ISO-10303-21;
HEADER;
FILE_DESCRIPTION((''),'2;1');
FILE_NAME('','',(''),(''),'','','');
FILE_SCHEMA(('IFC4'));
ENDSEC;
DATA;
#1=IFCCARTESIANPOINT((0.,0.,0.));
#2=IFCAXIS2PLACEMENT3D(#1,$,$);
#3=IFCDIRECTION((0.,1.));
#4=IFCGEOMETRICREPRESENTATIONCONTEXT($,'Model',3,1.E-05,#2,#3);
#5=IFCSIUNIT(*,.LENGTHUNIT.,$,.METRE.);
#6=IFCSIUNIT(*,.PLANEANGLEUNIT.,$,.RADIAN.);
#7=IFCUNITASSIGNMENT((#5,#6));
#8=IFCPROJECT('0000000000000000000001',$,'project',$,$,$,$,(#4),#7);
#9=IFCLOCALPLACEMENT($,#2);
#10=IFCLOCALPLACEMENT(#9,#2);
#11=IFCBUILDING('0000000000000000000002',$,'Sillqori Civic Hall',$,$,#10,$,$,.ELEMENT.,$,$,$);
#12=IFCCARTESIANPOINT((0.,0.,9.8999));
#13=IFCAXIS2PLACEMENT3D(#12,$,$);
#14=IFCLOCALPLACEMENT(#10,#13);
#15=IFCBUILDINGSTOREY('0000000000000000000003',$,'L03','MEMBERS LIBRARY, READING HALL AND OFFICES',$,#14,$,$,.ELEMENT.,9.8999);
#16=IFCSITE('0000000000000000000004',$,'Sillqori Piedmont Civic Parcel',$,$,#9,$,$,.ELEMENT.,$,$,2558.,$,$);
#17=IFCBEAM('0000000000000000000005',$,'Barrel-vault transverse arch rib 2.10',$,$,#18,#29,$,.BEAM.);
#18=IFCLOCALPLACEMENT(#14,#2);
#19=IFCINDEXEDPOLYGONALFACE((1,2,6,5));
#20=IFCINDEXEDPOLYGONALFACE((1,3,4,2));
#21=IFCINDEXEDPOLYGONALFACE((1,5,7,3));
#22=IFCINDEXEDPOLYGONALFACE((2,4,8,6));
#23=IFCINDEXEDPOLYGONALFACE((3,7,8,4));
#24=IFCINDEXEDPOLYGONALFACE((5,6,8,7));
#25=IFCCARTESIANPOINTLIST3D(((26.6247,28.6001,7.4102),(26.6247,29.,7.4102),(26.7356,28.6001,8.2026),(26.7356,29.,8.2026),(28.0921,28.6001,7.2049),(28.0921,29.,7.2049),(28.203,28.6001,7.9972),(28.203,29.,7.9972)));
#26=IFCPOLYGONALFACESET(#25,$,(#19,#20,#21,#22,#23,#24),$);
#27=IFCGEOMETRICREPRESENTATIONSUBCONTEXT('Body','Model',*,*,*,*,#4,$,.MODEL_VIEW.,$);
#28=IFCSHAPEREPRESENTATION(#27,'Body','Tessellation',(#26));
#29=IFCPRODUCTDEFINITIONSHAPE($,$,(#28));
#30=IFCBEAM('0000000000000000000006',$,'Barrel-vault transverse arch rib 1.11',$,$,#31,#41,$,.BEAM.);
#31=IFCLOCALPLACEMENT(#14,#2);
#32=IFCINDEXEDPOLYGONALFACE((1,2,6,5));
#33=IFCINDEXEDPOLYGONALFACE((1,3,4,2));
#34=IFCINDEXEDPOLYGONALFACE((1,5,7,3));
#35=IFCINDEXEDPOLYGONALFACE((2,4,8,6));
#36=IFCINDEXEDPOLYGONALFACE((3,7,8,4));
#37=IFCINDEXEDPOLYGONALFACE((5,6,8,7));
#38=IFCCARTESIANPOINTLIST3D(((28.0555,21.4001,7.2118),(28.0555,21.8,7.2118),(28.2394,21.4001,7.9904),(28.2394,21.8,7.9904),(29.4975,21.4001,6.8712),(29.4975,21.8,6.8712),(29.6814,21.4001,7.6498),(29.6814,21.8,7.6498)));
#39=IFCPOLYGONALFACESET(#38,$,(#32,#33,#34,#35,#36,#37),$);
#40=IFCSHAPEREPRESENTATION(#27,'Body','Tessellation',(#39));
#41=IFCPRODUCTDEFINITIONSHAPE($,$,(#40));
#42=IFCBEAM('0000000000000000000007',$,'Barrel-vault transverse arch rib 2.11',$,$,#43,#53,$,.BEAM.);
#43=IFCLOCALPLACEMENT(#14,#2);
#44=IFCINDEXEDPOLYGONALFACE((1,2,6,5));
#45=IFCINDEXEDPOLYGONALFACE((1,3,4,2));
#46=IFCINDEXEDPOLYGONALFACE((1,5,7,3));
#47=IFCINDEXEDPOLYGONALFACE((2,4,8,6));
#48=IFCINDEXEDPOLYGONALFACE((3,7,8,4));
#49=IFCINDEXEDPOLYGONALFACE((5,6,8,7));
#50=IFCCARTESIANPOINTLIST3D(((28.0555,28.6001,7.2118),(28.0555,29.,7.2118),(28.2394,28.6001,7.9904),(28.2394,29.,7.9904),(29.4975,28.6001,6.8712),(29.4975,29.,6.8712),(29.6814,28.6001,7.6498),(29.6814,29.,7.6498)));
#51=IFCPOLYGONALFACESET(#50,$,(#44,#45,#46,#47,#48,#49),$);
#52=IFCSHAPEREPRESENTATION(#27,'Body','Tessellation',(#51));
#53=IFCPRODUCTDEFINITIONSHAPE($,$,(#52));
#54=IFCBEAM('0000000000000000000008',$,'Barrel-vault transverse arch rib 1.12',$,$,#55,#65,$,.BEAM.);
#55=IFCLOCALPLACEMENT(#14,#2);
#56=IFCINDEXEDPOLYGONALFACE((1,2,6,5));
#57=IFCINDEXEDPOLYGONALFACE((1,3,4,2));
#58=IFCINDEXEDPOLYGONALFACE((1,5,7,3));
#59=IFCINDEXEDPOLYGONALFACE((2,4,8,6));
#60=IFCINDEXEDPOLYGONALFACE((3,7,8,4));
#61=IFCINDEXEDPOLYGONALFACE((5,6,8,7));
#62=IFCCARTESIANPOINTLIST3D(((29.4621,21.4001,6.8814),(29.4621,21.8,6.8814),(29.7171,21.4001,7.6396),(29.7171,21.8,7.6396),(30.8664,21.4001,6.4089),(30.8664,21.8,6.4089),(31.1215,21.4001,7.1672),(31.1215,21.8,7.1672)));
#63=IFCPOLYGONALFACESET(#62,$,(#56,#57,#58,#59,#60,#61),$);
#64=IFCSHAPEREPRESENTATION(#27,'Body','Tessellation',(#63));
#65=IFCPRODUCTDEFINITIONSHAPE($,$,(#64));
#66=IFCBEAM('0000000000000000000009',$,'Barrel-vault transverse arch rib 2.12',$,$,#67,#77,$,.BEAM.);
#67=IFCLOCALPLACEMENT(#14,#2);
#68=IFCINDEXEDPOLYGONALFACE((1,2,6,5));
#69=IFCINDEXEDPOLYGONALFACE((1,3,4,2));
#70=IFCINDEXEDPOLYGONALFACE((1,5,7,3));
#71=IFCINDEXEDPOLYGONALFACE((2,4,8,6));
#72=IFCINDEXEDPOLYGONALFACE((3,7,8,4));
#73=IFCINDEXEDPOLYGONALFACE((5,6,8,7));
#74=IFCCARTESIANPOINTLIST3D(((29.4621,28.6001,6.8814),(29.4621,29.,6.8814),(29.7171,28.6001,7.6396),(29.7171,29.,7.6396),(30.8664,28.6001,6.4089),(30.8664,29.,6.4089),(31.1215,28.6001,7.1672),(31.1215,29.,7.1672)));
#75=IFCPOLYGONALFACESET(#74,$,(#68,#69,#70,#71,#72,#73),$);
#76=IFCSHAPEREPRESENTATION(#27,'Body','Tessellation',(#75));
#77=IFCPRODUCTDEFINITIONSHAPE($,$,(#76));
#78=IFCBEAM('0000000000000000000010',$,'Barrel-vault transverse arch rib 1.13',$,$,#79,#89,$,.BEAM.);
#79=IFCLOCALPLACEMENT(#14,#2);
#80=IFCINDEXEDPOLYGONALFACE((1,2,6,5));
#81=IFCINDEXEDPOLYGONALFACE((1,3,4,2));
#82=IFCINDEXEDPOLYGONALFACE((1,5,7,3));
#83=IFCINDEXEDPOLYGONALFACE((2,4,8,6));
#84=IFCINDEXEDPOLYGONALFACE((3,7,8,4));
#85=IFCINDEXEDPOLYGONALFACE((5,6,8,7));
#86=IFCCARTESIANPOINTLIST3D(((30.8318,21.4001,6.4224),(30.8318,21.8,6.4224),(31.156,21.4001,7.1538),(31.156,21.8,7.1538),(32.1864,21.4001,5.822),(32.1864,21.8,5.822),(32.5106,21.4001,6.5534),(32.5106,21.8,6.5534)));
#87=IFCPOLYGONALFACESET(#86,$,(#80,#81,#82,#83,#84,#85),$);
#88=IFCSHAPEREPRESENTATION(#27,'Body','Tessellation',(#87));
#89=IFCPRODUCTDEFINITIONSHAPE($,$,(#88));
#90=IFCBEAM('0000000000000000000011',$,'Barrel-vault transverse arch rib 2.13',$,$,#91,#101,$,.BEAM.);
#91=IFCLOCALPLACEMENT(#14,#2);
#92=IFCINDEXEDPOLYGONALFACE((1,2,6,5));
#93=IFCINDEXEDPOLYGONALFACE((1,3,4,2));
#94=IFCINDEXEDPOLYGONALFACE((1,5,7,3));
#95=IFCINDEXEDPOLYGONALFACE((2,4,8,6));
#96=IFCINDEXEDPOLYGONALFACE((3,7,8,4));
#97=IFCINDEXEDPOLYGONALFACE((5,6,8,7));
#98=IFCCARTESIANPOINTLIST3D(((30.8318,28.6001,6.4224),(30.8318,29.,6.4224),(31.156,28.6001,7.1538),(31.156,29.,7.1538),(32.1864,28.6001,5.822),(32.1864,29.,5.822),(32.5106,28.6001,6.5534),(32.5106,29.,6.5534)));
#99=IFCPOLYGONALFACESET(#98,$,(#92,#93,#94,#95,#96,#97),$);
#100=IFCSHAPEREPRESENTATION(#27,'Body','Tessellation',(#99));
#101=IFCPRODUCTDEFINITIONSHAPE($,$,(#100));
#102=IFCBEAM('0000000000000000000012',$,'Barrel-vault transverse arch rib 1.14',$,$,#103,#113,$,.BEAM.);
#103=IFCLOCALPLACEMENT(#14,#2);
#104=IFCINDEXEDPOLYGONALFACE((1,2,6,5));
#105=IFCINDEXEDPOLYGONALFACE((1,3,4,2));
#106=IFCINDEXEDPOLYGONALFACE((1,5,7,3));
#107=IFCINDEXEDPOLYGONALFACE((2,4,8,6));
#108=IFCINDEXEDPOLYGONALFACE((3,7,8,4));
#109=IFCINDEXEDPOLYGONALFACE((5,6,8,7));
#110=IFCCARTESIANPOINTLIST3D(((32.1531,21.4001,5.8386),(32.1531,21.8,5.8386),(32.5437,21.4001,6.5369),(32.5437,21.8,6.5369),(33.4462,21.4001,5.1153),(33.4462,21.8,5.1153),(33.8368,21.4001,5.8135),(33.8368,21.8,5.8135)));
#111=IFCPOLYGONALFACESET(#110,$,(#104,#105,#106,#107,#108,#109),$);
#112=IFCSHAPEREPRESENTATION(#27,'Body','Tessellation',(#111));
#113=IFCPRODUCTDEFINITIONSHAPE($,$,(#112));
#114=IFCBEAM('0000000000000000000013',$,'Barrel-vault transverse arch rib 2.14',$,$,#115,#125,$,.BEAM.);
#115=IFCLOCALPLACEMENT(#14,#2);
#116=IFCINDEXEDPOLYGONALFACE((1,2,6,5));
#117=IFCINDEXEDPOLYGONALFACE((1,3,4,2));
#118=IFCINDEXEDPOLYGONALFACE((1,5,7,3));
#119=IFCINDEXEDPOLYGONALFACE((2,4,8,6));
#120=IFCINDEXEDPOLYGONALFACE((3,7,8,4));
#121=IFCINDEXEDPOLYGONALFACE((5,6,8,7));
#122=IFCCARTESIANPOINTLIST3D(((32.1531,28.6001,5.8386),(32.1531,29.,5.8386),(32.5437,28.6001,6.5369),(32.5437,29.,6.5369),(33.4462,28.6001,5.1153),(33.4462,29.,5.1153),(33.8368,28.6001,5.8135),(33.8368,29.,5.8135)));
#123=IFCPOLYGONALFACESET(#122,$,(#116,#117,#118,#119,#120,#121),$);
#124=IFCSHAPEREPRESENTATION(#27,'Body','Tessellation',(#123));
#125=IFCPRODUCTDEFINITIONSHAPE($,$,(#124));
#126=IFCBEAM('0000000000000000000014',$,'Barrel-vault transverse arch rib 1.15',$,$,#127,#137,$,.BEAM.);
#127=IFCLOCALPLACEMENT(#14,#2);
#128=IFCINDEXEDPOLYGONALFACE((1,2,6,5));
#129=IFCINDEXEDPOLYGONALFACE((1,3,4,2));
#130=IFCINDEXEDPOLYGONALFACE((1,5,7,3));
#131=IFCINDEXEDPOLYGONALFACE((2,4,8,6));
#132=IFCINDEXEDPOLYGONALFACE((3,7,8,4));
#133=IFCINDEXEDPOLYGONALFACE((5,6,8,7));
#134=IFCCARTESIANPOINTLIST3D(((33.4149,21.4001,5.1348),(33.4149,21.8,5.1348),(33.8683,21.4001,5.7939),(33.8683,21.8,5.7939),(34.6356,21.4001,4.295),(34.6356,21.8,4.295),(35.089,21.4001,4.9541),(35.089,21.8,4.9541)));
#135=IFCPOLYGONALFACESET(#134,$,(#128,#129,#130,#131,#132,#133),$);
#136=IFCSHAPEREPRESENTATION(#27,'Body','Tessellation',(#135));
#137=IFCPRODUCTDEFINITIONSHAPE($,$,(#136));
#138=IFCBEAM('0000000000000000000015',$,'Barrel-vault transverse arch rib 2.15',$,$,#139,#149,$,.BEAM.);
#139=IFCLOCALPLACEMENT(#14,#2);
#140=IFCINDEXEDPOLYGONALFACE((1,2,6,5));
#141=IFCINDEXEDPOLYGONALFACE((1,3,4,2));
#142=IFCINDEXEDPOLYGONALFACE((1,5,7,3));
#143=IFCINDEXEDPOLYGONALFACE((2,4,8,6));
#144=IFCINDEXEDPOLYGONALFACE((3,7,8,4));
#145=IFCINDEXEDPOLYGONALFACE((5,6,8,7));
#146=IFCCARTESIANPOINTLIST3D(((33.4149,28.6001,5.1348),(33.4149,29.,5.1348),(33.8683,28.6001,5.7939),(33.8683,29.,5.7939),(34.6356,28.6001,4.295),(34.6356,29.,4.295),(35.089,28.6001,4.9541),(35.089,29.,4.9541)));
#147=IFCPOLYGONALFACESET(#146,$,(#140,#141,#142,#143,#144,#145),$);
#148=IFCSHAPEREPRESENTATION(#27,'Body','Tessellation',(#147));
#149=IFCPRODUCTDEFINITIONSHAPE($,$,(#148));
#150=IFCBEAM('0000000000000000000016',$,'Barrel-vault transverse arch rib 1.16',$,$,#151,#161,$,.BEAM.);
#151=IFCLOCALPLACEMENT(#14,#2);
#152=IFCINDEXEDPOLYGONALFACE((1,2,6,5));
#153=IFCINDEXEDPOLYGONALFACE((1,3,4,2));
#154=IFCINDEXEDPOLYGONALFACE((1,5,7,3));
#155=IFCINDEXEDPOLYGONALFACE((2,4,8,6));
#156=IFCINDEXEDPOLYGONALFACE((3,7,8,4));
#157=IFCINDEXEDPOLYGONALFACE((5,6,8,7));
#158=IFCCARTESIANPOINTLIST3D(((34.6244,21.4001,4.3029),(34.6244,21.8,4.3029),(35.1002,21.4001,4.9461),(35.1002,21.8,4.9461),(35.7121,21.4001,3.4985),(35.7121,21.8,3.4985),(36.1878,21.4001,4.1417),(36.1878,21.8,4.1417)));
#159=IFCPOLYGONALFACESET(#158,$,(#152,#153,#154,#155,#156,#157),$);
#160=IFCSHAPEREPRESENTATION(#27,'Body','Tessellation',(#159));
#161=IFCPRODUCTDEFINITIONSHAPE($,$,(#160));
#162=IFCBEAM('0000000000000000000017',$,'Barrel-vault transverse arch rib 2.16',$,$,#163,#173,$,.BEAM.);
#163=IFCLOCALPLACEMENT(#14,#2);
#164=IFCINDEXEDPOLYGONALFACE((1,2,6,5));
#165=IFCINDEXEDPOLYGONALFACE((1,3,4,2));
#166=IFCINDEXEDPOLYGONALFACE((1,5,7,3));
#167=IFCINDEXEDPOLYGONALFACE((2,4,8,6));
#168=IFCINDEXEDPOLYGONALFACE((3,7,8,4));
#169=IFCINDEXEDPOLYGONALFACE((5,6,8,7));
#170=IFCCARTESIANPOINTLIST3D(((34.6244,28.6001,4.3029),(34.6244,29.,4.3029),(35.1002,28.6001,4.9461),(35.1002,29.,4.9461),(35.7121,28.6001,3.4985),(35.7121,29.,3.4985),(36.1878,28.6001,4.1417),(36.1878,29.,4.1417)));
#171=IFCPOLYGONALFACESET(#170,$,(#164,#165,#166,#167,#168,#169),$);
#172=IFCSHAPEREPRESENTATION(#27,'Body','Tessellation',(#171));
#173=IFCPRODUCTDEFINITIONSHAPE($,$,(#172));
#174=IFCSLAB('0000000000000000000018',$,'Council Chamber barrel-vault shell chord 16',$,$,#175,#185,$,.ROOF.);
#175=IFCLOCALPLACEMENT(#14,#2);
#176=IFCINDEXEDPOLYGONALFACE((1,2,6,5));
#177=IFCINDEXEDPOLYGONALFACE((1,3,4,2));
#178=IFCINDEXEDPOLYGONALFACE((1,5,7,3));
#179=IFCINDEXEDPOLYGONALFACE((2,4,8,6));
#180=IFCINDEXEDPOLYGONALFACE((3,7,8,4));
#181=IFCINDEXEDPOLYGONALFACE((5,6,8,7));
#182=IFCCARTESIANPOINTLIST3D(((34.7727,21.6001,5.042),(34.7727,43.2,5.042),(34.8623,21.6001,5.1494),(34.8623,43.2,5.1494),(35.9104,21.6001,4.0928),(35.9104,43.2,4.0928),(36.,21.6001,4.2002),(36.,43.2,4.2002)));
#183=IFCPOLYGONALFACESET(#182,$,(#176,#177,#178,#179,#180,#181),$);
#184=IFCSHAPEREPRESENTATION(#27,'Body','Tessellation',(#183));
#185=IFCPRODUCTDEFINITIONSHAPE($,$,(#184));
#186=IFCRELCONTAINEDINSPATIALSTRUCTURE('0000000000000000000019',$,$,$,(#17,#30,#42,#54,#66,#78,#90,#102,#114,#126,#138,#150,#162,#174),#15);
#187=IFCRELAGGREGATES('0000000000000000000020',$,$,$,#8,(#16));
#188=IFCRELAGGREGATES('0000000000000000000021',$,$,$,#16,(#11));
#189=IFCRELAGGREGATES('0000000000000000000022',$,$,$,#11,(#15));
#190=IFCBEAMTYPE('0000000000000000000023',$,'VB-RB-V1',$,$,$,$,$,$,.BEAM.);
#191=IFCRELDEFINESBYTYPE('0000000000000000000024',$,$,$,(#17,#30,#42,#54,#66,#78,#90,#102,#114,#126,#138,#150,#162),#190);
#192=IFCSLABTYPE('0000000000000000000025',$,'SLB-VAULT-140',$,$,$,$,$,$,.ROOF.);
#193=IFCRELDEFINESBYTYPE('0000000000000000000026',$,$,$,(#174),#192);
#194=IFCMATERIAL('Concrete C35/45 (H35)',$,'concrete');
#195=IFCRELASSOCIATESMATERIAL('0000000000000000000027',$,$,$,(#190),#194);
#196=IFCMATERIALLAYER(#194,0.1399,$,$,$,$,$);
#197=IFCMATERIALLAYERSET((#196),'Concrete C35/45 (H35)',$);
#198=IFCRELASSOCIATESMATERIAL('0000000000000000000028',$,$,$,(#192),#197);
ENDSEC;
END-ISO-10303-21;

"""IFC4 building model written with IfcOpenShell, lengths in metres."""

from ifc_helpers import new_model, si_unit, direction, frame, origin, origin_2d, place, context, subcontext, project, spatial, polyline, rectangle, outline, extrude, material, layer, layer_set, material_profile, profile_set, type_object, element, save


model = new_model("IFC4")

# Units and contexts
model_context = context("Model", 3, precision=1e-05, world=origin(), true_north=direction((0.0, 1.0)))
body_context = subcontext(model_context, "Body", "Model", "MODEL_VIEW")
ifc_project = project(units=[si_unit("LENGTHUNIT", "METRE"), si_unit("PLANEANGLEUNIT", "RADIAN")], contexts=[model_context])

# Site, building, storey
site_placement = place(None, origin())
site = spatial("IfcSite", under=ifc_project, at=site_placement, Name="Sillqori Piedmont Civic Parcel", CompositionType="ELEMENT", RefElevation=2558.0)
building_placement = place(site_placement, origin())
building = spatial("IfcBuilding", under=site, at=building_placement, Name="Sillqori Civic Hall", CompositionType="ELEMENT")
storey_placement = place(building_placement, frame((0.0, 0.0, 9.8999)))
storey = spatial("IfcBuildingStorey", under=building, at=storey_placement, Name="L03", Description="MEMBERS LIBRARY, READING HALL AND OFFICES", CompositionType="ELEMENT", Elevation=9.8999)

# Beams
ifc_material_1 = material(Name="Concrete C35/45 (H35)", Category="concrete")
ifc_material_profile_1 = material_profile(ifc_material_1, rectangle(XDim=0.3999, YDim=0.8, at=origin_2d()), Name="RC 400x800")
ifc_profile_set_1 = profile_set([ifc_material_profile_1], Name="Concrete C35/45 (H35)")
beam_type_1 = type_object("IfcBeamType", Name="VB-RB-V1", PredefinedType="BEAM", material=ifc_profile_set_1)
for number, where, z_axis, x_axis, name in (
    (1, (26.6802, 28.8, 7.8064), (0.990351, 0.0, -0.138583), (0.0, 1.0, 0.0), "Barrel-vault transverse arch rib 2.10"),
    (2, (28.1475, 21.6001, 7.6011), (0.973229, 0.0, -0.229838), (0.0, 1.0, 0.0), "Barrel-vault transverse arch rib 1.11"),
    (3, (28.1475, 28.8, 7.6011), (0.973229, 0.0, -0.229838), (0.0, 1.0, 0.0), "Barrel-vault transverse arch rib 2.11"),
    (4, (29.5896, 21.6001, 7.2605), (0.947806, 0.0, -0.318847), (0.0, 1.0, 0.0), "Barrel-vault transverse arch rib 1.12"),
    (5, (29.5896, 28.8, 7.2605), (0.947806, 0.0, -0.318847), (0.0, 1.0, 0.0), "Barrel-vault transverse arch rib 2.12"),
    (6, (30.9939, 21.6001, 6.7881), (0.914226, 0.0, -0.405206), (0.0, 1.0, 0.0), "Barrel-vault transverse arch rib 1.13"),
    (7, (30.9939, 28.8, 6.7881), (0.914226, 0.0, -0.405206), (0.0, 1.0, 0.0), "Barrel-vault transverse arch rib 2.13"),
    (8, (32.3484, 21.6001, 6.1877), (0.872739, 0.0, -0.488187), (0.0, 1.0, 0.0), "Barrel-vault transverse arch rib 1.14"),
    (9, (32.3484, 28.8, 6.1877), (0.872739, 0.0, -0.488187), (0.0, 1.0, 0.0), "Barrel-vault transverse arch rib 2.14"),
    (10, (33.6416, 21.6001, 5.4644), (0.82385, 0.0, -0.566809), (0.0, 1.0, 0.0), "Barrel-vault transverse arch rib 1.15"),
    (11, (33.6416, 28.8, 5.4644), (0.82385, 0.0, -0.566809), (0.0, 1.0, 0.0), "Barrel-vault transverse arch rib 2.15"),
):
    element("IfcBeam", number, at=place(storey_placement, frame(where, z_axis=z_axis, x_axis=x_axis)), inside=storey, type_object=beam_type_1, Name=name, PredefinedType="BEAM", context=body_context, shape_type="SweptSolid", body=[
        extrude(rectangle(XDim=0.3999, YDim=0.8, at=origin_2d()), origin(), (0.0, 0.0, 1.0), 1.4817),
    ])
for number, where, z_axis, x_axis, name in (
    (12, (34.8623, 21.6001, 4.6245), (0.803989, 0.0, -0.594645), (0.0, 1.0, 0.0), "Barrel-vault transverse arch rib 1.16"),
    (13, (34.8623, 28.8, 4.6245), (0.803989, 0.0, -0.594645), (0.0, 1.0, 0.0), "Barrel-vault transverse arch rib 2.16"),
):
    element("IfcBeam", number, at=place(storey_placement, frame(where, z_axis=z_axis, x_axis=x_axis)), inside=storey, type_object=beam_type_1, Name=name, PredefinedType="BEAM", context=body_context, shape_type="SweptSolid", body=[
        extrude(rectangle(XDim=0.3999, YDim=0.8, at=origin_2d()), origin(), (0.0, 0.0, 1.0), 1.3528),
    ])

# Slab
ifc_layer_1 = layer(ifc_material_1, 0.1399)
ifc_layer_set_1 = layer_set([ifc_layer_1], Name="Concrete C35/45 (H35)")
slab_type = type_object("IfcSlabType", Name="SLB-VAULT-140", PredefinedType="ROOF", material=ifc_layer_set_1)
slab_placement = place(storey_placement, frame((34.8623, 21.6001, 5.1494), z_axis=(0.640638, 0.0, 0.767843), x_axis=(0.767843, 0.0, -0.640638)))
element("IfcSlab", 14, at=slab_placement, inside=storey, type_object=slab_type, Name="Council Chamber barrel-vault shell chord 16", PredefinedType="ROOF", context=body_context, shape_type="SweptSolid", body=[
    extrude(outline(polyline([(0.0, 0.0), (1.4817, 0.0), (1.4817, 21.5999), (0.0, 21.5999), (0.0, 0.0)])), origin(), (0.0, 0.0, -1.0), 0.1399),
])

save(model, "model.ifc")
